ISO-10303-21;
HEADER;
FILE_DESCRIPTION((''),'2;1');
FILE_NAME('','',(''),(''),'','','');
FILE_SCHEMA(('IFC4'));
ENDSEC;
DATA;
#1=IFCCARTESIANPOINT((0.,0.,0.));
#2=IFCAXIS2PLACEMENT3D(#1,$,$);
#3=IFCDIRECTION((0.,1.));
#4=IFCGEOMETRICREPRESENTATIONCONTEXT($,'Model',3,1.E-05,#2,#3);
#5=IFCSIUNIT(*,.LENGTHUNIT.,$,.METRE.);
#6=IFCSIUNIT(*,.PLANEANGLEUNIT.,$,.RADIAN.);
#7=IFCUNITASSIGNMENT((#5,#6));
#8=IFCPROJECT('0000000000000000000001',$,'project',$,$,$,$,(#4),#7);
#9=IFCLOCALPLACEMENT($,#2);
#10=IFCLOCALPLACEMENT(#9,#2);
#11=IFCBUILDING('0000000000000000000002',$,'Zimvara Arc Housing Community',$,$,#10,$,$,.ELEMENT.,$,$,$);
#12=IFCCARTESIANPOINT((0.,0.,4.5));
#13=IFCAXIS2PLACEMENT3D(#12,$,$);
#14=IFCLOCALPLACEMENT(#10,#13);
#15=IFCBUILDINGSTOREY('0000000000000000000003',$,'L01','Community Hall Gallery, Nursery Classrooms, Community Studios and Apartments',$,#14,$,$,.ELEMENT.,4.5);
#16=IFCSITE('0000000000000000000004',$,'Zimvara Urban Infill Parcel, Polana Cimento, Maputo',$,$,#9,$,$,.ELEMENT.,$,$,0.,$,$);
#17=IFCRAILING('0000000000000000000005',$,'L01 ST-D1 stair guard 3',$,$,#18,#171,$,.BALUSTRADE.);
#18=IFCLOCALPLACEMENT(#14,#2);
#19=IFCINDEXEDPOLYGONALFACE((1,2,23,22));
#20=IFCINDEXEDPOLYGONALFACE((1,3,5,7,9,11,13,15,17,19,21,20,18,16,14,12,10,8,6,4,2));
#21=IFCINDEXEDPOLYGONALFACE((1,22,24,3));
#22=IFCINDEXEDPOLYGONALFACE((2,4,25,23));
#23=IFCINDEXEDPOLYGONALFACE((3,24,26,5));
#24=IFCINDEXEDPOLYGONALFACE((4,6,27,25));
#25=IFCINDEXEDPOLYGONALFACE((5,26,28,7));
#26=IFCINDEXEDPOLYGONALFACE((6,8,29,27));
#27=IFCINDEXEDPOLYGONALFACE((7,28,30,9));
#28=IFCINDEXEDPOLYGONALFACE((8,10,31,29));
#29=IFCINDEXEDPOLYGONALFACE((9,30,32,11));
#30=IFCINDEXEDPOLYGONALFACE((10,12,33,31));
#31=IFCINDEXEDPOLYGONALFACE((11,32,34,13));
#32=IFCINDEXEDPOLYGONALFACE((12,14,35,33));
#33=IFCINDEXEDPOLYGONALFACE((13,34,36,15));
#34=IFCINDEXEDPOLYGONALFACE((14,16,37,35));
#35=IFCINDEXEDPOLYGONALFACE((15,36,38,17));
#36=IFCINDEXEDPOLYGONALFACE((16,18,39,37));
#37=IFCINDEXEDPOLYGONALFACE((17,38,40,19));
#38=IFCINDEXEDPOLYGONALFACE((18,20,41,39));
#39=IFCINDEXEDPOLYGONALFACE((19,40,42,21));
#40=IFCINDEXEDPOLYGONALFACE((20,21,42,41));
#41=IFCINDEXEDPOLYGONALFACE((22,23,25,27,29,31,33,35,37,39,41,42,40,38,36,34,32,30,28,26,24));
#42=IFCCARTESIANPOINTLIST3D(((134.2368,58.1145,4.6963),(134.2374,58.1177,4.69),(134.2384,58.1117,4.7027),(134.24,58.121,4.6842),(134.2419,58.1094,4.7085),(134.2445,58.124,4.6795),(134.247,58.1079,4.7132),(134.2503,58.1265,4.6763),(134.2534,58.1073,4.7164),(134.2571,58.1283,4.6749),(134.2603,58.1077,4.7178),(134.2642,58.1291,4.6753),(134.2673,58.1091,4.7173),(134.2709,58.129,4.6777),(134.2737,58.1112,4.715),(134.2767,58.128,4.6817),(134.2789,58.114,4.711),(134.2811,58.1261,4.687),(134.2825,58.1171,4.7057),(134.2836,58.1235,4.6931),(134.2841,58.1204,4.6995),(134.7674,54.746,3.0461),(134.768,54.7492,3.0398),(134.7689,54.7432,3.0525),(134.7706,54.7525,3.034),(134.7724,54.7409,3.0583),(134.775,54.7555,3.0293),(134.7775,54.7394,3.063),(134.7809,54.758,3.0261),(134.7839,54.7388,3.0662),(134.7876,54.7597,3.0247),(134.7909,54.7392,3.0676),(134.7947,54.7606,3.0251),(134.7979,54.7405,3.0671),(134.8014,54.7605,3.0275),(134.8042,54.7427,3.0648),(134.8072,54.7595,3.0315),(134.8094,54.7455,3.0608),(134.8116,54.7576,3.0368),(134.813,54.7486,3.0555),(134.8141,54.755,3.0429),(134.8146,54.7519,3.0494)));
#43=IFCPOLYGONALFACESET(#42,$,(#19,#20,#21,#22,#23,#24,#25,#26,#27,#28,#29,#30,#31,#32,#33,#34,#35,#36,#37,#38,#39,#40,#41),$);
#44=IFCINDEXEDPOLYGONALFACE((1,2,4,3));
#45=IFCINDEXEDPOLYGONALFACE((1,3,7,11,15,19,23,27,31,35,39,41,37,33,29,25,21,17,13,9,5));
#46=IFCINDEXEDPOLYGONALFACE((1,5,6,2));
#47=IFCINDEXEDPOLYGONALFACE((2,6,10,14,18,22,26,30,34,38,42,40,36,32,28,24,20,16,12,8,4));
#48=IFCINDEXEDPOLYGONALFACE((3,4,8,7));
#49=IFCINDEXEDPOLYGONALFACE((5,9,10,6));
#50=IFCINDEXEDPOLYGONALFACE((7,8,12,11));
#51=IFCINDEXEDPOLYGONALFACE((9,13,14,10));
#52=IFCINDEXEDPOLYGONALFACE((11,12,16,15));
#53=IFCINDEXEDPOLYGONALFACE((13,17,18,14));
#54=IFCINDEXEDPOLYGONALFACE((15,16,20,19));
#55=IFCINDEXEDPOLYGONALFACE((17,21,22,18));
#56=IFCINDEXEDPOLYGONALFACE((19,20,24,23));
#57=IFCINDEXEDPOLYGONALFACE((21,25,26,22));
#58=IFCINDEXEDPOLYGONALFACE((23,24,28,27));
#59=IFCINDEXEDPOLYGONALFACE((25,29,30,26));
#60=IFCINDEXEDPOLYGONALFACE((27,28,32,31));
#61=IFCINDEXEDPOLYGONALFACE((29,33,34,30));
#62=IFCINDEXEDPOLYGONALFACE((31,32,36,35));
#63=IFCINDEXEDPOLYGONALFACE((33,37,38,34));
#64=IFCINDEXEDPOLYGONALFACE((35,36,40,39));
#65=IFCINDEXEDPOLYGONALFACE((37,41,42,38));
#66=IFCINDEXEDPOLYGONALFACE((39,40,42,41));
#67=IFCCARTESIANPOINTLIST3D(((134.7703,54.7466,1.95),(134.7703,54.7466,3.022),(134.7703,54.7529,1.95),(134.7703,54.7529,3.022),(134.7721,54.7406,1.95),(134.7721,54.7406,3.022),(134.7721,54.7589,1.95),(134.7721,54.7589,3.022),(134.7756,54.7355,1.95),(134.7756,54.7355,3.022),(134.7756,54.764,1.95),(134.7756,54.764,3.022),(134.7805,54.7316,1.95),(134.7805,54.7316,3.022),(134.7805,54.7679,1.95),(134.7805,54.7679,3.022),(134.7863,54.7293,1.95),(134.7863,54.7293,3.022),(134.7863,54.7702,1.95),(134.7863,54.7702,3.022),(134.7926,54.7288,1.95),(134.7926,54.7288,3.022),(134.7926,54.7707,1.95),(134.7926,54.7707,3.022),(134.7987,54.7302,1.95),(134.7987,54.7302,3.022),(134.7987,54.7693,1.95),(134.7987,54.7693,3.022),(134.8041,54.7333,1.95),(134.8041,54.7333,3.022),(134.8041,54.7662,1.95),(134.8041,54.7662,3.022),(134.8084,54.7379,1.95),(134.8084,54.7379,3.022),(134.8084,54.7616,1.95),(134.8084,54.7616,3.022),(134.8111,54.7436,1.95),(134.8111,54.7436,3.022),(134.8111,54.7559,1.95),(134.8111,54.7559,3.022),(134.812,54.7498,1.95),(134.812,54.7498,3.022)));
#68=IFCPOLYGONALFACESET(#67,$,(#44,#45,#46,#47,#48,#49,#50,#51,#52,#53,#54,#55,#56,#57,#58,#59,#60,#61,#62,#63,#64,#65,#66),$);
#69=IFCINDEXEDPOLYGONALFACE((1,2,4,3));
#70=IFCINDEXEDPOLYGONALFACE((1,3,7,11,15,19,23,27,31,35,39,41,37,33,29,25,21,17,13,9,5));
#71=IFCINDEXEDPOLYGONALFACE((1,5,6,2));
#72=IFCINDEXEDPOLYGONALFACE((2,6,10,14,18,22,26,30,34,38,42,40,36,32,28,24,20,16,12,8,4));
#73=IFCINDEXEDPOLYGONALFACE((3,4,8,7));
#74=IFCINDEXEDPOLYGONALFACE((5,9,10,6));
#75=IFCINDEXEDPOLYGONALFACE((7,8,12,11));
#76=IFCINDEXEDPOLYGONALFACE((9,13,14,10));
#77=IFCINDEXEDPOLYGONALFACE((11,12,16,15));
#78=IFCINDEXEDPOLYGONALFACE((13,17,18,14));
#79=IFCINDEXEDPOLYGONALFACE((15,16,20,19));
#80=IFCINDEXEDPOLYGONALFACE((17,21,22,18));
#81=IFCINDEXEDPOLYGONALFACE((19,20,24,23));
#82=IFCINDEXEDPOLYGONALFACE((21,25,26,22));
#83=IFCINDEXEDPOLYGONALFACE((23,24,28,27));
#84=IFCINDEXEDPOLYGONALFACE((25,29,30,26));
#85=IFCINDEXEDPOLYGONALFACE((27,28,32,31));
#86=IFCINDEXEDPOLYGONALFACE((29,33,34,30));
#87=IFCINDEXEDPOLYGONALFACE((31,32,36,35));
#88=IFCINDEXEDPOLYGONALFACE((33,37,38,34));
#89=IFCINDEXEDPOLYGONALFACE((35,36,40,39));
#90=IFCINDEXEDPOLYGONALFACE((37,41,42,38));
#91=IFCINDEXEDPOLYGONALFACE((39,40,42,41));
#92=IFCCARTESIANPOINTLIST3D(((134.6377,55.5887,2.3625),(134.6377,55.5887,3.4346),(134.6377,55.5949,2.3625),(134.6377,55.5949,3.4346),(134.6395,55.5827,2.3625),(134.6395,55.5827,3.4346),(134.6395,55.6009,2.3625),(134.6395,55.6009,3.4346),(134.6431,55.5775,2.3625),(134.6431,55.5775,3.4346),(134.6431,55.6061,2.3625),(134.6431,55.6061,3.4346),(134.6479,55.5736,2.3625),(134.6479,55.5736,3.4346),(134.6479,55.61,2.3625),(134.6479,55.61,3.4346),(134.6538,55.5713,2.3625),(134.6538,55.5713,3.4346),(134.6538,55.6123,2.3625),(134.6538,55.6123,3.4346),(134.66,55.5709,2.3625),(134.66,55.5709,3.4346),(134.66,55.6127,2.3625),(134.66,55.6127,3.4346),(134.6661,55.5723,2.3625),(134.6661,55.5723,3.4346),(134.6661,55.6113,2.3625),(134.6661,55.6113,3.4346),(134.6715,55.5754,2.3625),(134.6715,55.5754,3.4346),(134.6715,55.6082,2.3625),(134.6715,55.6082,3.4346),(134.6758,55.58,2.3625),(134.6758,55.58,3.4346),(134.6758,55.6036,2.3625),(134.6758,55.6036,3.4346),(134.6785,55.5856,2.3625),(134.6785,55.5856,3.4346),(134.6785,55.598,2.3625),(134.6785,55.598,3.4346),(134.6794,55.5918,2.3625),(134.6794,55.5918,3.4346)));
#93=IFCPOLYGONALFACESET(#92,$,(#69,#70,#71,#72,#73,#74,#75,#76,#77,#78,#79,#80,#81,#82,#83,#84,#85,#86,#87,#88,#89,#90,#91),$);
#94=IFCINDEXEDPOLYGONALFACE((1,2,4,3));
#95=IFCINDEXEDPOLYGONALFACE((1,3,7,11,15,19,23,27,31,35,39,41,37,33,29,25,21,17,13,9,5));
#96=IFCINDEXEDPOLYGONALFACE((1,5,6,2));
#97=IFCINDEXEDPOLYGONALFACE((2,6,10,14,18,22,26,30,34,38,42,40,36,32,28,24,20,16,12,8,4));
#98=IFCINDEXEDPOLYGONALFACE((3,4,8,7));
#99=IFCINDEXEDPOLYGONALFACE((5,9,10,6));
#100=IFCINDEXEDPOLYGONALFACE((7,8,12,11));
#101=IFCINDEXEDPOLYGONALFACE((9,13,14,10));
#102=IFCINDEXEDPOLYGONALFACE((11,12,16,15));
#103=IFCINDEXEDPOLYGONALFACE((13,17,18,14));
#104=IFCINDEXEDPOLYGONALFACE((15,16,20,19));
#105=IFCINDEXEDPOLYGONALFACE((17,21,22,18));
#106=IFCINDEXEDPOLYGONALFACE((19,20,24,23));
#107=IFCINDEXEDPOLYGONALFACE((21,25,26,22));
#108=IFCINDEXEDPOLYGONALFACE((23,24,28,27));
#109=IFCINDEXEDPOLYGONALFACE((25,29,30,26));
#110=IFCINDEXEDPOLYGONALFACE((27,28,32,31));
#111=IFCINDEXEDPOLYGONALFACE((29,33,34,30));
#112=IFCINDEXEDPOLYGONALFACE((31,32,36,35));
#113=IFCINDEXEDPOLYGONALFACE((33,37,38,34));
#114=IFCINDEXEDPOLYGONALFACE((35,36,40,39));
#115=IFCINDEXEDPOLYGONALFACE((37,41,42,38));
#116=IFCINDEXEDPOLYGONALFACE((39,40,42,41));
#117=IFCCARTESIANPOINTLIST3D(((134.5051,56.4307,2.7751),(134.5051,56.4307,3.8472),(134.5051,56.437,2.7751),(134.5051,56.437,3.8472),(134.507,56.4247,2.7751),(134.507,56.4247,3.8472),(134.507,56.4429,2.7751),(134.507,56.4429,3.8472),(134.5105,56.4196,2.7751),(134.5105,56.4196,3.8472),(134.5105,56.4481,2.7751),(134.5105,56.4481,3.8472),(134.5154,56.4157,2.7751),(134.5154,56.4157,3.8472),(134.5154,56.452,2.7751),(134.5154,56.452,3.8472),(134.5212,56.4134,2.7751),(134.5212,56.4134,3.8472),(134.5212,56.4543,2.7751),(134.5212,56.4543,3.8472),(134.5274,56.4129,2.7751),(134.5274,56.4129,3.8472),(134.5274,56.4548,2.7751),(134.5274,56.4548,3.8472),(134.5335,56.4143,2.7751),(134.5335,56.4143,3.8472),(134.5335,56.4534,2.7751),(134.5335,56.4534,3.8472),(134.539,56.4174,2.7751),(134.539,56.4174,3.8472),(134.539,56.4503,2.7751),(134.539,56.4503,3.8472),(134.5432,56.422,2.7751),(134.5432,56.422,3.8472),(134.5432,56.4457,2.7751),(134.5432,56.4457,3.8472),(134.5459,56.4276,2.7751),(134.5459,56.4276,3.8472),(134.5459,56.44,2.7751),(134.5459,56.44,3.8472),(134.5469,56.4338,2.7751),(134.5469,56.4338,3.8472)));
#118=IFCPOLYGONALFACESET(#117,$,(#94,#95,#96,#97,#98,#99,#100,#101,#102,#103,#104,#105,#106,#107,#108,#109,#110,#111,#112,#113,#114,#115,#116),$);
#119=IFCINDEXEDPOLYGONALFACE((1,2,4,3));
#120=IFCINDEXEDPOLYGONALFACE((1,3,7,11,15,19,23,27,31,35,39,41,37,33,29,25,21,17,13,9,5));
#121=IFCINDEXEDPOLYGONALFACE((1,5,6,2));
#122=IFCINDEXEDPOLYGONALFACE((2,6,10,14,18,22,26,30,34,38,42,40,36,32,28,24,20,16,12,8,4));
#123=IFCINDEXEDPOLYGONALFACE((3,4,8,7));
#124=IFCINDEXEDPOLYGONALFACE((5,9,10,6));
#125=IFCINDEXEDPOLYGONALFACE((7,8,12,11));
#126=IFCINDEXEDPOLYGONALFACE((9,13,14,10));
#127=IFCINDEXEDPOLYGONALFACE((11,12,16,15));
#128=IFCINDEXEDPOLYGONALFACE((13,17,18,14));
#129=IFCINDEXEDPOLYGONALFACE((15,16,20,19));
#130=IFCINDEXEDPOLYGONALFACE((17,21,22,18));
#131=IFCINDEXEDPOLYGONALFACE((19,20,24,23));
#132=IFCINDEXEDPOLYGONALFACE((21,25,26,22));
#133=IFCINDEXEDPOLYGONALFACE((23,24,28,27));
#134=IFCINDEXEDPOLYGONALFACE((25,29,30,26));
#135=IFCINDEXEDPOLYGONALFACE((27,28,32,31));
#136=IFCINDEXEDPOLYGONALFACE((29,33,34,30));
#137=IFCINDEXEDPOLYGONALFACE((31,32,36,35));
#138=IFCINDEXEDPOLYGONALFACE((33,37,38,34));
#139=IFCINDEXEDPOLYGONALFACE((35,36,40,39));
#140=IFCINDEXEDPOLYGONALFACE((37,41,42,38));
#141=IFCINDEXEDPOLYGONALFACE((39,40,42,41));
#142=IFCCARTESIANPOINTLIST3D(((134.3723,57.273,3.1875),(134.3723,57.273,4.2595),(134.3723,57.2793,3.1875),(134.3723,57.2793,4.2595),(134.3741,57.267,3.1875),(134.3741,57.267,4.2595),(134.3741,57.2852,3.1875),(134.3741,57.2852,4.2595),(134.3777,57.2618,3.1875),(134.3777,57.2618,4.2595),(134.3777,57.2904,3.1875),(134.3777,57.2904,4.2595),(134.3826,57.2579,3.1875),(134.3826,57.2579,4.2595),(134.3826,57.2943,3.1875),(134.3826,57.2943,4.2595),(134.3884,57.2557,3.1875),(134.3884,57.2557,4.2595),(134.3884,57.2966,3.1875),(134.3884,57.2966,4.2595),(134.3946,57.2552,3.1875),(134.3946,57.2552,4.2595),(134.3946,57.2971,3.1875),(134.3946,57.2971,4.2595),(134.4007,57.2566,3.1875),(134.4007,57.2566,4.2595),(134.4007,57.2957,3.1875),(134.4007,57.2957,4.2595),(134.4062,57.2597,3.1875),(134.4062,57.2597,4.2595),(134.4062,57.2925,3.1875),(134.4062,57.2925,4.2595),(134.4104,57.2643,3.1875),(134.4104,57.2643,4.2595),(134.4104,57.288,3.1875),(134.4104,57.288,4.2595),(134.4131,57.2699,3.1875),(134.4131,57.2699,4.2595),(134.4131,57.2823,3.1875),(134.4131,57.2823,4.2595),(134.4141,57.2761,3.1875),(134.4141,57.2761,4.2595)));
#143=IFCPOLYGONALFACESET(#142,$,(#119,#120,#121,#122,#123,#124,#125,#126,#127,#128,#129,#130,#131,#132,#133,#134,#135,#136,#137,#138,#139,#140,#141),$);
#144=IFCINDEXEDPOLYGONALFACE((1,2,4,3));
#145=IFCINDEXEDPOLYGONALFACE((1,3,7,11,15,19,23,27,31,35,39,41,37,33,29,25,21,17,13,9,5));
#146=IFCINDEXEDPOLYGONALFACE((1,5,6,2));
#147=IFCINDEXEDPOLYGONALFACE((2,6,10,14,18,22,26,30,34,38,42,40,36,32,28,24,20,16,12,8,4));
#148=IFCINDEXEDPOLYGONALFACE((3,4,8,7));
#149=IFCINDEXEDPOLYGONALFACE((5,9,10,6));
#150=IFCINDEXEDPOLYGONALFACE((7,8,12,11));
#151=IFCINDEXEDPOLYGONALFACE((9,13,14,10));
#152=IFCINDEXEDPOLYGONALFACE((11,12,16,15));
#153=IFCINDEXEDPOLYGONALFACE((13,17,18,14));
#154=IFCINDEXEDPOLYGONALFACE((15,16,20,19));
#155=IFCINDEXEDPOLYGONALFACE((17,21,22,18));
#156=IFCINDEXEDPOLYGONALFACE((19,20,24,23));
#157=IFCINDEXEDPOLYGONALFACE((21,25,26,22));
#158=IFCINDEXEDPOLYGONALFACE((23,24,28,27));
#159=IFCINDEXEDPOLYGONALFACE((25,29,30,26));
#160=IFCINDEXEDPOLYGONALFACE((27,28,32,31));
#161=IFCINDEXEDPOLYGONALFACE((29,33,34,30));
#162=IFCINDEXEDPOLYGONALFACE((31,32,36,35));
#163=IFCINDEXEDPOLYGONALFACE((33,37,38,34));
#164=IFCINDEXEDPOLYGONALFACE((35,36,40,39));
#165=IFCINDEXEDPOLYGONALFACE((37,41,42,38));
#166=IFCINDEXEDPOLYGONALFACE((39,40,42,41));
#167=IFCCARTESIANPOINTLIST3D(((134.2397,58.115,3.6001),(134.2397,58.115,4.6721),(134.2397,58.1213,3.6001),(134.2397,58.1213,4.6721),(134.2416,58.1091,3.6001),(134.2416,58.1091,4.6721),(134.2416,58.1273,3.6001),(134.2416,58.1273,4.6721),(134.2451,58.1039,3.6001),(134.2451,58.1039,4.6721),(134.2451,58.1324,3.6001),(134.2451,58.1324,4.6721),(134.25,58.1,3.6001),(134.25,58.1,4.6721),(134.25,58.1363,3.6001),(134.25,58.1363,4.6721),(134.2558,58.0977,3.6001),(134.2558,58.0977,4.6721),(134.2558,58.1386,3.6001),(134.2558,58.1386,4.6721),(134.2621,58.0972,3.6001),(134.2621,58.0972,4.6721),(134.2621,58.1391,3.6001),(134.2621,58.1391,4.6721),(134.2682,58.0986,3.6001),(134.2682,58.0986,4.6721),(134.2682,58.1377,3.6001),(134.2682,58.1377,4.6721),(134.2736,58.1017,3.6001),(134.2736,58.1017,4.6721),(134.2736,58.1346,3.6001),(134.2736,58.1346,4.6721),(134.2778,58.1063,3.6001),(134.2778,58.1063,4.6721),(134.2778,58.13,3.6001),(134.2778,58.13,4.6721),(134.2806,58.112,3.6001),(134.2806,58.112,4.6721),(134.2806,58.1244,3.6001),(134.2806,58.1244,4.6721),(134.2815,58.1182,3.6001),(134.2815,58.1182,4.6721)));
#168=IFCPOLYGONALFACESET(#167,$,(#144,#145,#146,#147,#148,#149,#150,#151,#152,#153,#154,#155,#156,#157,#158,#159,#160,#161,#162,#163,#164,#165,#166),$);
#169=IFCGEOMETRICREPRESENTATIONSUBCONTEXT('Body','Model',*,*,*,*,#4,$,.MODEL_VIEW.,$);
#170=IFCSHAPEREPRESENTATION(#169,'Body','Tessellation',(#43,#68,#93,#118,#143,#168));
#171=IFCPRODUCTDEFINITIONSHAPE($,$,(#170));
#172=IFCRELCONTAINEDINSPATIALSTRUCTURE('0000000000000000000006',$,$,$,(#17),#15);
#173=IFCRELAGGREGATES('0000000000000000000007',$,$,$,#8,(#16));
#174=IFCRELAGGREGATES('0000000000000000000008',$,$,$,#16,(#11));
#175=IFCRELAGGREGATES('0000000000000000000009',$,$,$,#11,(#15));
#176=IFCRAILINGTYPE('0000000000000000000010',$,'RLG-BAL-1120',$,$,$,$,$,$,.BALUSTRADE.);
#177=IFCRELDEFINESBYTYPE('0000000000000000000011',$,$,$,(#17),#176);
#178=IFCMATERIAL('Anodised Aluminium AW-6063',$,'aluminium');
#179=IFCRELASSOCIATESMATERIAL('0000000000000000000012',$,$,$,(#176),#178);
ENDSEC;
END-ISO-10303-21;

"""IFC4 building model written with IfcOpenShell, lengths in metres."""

from ifc_helpers import new_model, si_unit, direction, frame, origin, origin_2d, place, context, subcontext, project, spatial, circle, extrude, material, type_object, element, save


model = new_model("IFC4")

# Units and contexts
model_context = context("Model", 3, precision=1e-05, world=origin(), true_north=direction((0.0, 1.0)))
body_context = subcontext(model_context, "Body", "Model", "MODEL_VIEW")
ifc_project = project(units=[si_unit("LENGTHUNIT", "METRE"), si_unit("PLANEANGLEUNIT", "RADIAN")], contexts=[model_context])

# Site, building, storey
site_placement = place(None, origin())
site = spatial("IfcSite", under=ifc_project, at=site_placement, Name="Zimvara Urban Infill Parcel, Polana Cimento, Maputo", CompositionType="ELEMENT", RefElevation=0.0)
building_placement = place(site_placement, origin())
building = spatial("IfcBuilding", under=site, at=building_placement, Name="Zimvara Arc Housing Community", CompositionType="ELEMENT")
storey_placement = place(building_placement, frame((0.0, 0.0, 4.5)))
storey = spatial("IfcBuildingStorey", under=building, at=storey_placement, Name="L01", Description="Community Hall Gallery, Nursery Classrooms, Community Studios and Apartments", CompositionType="ELEMENT", Elevation=4.5)

# Railing
ifc_material_1 = material(Name="Anodised Aluminium AW-6063", Category="aluminium")
railing_type_1 = type_object("IfcRailingType", Name="RLG-BAL-1120", PredefinedType="BALUSTRADE", material=ifc_material_1)
railing_1_placement = place(storey_placement, frame((134.791, 54.7498, 1.95)))
element("IfcRailing", 1, at=railing_1_placement, inside=storey, type_object=railing_type_1, Name="L01 ST-D1 stair guard 3", PredefinedType="BALUSTRADE", context=body_context, shape_type="SweptSolid", body=[
    extrude(circle(Radius=0.0239, at=origin_2d()), frame((0.0, 0.0, 1.0962), z_axis=(-0.140044, 0.88918, 0.4356), x_axis=(-0.987823, -0.15558, 0.0)), (0.0, 0.0, 1.0), 3.7883),
    extrude(circle(Radius=0.021, at=origin_2d()), origin(), (0.0, 0.0, 1.0), 1.072),
    extrude(circle(Radius=0.021, at=origin_2d()), frame((-0.1326, 0.842, 0.4126)), (0.0, 0.0, 1.0), 1.072),
    extrude(circle(Radius=0.021, at=origin_2d()), frame((-0.2651, 1.6841, 0.8252)), (0.0, 0.0, 1.0), 1.072),
    extrude(circle(Radius=0.021, at=origin_2d()), frame((-0.3979, 2.5264, 1.2375)), (0.0, 0.0, 1.0), 1.072),
    extrude(circle(Radius=0.021, at=origin_2d()), frame((-0.5305, 3.3684, 1.6501)), (0.0, 0.0, 1.0), 1.072),
])

save(model, "model.ifc")
